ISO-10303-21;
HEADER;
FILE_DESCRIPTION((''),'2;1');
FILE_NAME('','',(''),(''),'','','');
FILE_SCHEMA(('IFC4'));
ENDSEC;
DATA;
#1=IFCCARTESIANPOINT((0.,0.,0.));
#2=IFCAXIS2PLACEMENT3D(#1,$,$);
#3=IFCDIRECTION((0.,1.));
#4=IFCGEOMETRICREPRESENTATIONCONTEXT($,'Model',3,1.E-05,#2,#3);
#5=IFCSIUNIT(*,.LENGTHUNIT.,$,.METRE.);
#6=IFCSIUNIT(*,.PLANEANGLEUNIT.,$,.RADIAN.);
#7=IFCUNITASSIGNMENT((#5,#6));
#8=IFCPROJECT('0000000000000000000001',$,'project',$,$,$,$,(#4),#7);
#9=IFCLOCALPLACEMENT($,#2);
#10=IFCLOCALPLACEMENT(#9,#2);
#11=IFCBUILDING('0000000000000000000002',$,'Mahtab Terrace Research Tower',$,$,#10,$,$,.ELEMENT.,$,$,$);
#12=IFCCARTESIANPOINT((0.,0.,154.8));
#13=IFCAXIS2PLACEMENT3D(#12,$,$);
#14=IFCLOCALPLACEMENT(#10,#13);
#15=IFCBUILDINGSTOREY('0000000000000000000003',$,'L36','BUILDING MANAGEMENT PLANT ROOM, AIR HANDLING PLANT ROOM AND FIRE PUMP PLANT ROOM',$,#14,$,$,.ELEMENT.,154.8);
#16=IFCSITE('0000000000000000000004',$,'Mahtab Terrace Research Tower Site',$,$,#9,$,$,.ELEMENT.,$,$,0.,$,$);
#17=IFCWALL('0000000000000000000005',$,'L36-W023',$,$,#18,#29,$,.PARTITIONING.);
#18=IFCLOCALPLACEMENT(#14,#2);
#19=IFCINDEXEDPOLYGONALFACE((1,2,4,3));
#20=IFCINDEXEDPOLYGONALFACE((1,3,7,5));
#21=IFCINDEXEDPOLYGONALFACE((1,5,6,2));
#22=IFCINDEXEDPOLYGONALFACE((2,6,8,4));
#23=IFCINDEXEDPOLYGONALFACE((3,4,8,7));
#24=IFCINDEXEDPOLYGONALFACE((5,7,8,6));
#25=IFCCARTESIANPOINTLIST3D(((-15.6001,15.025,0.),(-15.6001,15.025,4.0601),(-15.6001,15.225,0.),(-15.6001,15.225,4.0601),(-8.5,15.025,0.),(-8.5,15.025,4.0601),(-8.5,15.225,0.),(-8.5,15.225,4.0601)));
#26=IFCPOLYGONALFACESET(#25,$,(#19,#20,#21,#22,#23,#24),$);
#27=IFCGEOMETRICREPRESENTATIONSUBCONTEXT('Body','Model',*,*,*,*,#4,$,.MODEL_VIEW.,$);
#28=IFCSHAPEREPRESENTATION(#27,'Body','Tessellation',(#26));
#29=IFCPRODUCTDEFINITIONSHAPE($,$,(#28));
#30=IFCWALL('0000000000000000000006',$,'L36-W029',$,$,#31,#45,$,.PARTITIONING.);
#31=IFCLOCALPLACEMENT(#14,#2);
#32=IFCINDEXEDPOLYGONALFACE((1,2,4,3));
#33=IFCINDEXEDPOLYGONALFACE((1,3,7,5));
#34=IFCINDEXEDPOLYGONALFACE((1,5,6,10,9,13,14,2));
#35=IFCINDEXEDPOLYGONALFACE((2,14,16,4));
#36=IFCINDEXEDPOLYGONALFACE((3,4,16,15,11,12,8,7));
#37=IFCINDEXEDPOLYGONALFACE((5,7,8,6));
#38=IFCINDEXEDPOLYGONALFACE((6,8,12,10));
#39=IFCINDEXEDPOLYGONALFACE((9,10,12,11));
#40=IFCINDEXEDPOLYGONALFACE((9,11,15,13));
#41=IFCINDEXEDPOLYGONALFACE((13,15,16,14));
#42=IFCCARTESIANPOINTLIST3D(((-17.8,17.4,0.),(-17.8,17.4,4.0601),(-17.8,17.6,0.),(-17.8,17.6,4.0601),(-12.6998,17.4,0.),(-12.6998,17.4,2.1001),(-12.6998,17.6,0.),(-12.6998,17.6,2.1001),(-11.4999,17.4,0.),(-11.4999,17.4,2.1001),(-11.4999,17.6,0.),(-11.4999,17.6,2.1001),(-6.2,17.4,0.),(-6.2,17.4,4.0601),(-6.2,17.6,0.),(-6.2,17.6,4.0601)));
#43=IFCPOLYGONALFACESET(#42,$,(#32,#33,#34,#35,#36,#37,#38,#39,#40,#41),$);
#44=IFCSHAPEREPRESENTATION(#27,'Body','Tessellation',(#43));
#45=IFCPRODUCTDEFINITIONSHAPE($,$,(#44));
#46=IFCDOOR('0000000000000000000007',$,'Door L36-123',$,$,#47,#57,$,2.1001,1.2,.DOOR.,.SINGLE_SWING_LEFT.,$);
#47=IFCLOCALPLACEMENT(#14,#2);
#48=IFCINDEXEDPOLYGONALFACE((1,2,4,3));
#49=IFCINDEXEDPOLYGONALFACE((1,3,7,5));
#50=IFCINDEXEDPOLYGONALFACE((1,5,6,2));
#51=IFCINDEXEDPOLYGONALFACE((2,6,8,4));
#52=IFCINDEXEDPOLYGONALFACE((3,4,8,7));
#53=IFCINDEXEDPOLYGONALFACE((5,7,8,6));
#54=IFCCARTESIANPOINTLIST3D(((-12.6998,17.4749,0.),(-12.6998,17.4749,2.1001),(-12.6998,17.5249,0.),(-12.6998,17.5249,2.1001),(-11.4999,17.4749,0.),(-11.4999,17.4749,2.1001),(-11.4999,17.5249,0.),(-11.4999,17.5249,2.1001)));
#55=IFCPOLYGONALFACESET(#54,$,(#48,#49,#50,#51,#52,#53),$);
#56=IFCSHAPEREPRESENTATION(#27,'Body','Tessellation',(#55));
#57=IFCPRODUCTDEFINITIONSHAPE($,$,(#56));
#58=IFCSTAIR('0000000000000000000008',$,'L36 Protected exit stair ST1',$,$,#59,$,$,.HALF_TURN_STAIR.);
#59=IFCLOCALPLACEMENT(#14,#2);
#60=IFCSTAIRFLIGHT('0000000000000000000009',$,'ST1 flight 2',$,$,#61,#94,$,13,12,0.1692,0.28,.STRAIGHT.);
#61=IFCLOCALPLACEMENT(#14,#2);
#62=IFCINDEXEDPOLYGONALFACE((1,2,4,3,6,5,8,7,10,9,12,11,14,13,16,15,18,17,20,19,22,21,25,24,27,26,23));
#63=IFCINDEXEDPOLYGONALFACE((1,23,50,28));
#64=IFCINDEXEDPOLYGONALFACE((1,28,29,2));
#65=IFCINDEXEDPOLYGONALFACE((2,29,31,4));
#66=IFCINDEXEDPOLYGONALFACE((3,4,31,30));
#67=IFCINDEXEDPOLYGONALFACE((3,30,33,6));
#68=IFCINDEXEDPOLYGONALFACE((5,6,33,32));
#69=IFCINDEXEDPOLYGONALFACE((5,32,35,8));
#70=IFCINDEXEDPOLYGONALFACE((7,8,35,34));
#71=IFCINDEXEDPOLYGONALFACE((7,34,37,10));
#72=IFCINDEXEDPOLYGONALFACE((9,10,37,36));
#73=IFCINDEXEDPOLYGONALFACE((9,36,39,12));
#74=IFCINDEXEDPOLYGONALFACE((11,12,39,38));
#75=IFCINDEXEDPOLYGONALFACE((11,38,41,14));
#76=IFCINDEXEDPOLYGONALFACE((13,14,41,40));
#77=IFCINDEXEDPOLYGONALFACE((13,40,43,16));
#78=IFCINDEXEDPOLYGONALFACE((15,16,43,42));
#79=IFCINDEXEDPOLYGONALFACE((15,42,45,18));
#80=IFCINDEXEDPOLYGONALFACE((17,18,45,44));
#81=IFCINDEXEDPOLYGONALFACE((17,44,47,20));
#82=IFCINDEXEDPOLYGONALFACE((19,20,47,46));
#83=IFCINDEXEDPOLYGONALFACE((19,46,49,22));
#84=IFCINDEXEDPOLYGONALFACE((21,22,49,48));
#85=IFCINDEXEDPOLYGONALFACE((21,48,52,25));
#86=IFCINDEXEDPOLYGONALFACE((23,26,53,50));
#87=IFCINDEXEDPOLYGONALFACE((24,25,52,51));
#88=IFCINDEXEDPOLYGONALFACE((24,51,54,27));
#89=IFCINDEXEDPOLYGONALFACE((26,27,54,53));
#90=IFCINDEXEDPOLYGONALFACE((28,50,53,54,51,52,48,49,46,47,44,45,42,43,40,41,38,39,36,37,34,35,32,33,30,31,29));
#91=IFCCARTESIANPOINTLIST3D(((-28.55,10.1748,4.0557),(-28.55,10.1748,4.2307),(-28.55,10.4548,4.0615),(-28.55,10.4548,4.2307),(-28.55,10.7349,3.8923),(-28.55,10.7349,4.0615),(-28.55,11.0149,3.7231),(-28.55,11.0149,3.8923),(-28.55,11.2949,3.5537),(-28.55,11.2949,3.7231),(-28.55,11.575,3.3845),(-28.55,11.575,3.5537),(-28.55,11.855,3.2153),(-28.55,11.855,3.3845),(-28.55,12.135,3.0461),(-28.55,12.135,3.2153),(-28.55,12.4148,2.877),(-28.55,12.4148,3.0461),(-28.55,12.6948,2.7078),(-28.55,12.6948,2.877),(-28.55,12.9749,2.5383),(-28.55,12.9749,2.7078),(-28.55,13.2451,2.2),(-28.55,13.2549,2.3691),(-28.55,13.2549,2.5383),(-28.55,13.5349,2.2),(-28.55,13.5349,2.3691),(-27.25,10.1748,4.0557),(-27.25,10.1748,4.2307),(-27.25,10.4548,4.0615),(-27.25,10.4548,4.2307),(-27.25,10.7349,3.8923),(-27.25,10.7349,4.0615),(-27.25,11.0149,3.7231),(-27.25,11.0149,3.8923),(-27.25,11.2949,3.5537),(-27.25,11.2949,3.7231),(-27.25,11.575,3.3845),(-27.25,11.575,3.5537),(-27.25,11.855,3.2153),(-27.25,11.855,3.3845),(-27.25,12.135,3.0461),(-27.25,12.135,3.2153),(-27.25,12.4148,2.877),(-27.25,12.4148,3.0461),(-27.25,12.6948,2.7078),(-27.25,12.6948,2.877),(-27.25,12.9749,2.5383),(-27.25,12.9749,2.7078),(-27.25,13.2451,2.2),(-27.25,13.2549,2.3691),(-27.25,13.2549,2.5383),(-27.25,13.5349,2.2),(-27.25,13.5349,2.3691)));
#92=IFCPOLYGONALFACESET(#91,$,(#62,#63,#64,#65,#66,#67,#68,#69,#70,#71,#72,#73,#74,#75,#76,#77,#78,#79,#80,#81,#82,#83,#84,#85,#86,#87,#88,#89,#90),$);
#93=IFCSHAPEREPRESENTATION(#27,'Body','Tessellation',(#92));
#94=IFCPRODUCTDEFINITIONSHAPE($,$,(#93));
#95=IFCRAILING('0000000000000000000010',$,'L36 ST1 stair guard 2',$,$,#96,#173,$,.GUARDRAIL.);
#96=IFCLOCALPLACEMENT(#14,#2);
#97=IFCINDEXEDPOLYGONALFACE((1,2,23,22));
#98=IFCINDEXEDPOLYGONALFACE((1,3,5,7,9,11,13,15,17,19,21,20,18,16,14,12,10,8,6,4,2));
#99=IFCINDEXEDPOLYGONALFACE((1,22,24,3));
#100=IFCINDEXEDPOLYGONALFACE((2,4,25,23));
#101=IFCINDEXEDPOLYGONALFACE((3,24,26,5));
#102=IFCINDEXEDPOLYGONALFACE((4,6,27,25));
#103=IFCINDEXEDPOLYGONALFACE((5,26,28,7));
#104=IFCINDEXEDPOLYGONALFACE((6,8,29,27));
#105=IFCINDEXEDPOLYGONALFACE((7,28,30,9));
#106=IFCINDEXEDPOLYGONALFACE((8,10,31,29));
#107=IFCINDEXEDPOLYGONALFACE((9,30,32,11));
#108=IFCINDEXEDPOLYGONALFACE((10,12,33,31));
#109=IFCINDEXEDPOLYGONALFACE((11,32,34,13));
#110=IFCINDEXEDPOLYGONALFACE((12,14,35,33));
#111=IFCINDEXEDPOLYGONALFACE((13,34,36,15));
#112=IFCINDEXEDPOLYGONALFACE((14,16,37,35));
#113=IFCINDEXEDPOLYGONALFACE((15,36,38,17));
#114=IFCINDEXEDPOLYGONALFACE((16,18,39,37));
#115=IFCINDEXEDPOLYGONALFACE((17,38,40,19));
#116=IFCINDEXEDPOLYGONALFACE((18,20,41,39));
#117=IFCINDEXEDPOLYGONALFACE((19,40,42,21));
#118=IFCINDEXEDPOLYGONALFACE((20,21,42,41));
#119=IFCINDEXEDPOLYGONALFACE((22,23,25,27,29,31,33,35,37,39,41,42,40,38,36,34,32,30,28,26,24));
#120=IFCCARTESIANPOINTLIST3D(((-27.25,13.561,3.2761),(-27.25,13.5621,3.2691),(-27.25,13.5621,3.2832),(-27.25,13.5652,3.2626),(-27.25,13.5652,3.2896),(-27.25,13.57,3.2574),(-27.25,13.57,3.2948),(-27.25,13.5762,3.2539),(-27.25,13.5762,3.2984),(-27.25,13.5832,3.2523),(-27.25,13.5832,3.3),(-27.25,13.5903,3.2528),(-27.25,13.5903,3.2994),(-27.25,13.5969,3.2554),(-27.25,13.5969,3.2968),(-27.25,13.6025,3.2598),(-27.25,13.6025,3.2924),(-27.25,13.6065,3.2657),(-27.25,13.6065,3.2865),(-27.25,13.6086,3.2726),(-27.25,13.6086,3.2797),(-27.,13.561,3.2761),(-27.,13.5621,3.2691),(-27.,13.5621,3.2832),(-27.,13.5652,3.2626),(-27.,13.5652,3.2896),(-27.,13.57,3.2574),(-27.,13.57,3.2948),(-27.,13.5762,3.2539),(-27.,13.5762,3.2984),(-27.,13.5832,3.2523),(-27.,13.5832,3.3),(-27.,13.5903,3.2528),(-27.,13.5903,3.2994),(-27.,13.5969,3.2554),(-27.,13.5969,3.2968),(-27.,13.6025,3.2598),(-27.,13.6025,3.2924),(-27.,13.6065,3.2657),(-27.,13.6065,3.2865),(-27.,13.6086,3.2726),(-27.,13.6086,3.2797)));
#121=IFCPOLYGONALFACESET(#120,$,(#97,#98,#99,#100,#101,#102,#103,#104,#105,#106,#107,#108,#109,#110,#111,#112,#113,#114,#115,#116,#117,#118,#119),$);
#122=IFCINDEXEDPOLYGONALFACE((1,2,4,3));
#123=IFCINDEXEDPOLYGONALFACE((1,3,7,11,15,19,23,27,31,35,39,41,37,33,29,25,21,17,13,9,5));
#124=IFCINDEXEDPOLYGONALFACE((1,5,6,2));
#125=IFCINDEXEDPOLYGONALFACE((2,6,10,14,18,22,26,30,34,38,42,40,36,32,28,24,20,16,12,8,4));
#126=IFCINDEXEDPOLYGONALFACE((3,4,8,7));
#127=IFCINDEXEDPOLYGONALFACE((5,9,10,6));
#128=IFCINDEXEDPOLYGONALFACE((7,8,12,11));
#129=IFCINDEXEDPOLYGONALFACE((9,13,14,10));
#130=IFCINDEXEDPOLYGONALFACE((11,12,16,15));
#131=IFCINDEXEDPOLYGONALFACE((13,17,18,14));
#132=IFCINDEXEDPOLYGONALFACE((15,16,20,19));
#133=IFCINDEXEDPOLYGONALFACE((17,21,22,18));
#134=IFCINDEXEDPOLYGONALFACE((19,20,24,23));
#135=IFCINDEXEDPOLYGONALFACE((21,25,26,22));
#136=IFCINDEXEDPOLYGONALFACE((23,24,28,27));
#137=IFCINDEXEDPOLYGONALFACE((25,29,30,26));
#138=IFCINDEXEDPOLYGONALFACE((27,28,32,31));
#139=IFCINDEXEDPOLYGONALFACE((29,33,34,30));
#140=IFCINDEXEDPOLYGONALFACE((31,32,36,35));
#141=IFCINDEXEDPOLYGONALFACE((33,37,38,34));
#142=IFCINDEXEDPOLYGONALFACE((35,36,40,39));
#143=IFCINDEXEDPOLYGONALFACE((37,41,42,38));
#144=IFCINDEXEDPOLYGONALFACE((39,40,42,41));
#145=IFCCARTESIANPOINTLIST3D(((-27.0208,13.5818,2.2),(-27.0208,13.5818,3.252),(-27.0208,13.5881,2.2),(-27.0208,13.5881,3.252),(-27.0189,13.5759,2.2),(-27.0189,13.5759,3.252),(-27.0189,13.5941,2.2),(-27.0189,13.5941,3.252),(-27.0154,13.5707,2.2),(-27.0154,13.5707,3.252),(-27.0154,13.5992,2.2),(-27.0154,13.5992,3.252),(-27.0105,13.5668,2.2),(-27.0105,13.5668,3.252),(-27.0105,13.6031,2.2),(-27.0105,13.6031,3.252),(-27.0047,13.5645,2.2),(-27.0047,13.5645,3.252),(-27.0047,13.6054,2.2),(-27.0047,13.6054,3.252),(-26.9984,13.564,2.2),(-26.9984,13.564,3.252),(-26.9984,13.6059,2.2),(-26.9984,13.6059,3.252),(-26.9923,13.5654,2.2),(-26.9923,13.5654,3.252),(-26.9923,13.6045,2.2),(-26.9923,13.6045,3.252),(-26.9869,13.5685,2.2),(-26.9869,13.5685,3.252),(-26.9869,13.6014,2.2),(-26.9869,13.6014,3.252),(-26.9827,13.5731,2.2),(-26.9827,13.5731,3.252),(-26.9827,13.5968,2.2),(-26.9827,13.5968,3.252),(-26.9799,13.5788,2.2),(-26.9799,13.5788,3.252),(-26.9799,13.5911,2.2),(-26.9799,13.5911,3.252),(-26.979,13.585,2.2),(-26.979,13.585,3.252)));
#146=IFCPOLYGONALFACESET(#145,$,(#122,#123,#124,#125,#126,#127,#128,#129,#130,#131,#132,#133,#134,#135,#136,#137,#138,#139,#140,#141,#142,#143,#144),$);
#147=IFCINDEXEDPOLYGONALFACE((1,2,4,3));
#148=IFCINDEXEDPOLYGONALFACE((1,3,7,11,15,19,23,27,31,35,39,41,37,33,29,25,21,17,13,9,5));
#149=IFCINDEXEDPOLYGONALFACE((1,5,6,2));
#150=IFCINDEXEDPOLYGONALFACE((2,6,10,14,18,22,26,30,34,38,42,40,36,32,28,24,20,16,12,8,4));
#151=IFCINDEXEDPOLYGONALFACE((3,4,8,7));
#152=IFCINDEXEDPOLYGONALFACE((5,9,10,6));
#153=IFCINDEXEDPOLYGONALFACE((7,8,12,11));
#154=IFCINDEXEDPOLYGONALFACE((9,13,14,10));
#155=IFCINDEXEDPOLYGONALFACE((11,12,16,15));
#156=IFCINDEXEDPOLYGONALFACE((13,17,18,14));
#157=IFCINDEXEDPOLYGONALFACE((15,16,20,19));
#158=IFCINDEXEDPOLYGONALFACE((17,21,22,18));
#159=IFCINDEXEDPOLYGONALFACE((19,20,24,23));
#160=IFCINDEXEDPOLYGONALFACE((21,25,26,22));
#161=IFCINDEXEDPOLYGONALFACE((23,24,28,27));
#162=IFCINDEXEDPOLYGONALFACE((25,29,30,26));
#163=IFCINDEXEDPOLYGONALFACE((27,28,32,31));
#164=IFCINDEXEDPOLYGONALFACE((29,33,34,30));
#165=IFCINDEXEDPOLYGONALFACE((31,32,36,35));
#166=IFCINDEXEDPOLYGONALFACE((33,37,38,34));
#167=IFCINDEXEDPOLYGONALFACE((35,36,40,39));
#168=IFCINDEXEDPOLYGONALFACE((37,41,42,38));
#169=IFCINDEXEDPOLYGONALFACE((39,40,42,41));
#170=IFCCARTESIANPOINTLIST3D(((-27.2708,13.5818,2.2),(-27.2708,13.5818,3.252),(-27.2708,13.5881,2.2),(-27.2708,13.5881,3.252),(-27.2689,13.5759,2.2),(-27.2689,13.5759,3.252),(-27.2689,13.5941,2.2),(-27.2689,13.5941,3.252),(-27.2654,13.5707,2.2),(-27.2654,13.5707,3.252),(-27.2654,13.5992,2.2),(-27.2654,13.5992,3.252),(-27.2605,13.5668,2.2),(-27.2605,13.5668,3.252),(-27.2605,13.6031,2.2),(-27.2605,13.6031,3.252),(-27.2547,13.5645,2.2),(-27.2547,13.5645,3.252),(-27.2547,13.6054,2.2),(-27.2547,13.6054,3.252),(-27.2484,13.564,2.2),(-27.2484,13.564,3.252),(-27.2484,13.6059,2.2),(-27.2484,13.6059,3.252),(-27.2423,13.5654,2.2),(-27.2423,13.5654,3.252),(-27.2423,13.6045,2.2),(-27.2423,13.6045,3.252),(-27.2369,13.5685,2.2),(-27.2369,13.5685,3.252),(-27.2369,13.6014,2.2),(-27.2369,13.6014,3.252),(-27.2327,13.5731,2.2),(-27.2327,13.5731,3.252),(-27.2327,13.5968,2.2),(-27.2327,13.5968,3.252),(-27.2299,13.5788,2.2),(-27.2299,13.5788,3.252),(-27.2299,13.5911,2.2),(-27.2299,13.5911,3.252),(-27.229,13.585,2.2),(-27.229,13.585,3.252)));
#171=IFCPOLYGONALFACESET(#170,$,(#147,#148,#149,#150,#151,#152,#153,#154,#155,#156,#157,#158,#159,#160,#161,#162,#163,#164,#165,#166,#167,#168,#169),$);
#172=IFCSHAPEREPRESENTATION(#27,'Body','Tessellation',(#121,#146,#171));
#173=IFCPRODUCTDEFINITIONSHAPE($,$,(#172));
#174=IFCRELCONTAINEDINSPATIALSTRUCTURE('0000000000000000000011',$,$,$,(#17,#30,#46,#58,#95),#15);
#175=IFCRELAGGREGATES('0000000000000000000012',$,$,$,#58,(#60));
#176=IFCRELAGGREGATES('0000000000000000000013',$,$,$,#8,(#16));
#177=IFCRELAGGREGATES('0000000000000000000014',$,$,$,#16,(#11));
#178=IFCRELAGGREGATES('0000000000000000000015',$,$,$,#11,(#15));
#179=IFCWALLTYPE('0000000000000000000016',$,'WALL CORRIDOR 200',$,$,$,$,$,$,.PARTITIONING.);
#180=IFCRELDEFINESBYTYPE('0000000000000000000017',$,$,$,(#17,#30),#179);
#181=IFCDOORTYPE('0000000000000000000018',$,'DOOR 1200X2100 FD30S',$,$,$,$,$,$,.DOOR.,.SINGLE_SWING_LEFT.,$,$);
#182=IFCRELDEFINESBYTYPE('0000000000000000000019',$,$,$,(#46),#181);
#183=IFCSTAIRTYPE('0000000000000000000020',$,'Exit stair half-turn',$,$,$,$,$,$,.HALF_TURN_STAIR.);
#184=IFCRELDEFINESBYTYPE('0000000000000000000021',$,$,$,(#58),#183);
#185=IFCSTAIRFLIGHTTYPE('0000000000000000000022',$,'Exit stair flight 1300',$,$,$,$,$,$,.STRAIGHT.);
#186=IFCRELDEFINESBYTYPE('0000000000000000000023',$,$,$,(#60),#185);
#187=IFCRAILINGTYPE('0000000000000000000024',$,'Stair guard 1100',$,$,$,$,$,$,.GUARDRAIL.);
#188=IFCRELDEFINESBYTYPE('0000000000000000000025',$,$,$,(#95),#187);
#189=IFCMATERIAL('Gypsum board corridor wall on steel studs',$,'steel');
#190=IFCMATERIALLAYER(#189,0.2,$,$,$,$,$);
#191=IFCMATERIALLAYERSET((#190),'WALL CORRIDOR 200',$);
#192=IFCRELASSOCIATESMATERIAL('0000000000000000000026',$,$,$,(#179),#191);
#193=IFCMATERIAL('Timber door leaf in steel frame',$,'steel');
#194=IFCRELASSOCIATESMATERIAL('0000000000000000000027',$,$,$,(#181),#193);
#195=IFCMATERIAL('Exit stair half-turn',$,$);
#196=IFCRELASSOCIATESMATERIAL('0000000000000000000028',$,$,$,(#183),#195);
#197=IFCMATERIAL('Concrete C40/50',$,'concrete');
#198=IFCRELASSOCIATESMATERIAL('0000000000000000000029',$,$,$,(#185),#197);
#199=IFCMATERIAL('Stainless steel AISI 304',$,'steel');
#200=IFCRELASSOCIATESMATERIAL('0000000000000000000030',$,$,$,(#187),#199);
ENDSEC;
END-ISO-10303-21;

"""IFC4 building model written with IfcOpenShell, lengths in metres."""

from ifc_helpers import new_model, si_unit, direction, frame, frame_2d, origin, origin_2d, place, context, subcontext, project, spatial, polyline, rectangle, circle, outline, extrude, material, layer, layer_set, type_object, element, fill, aggregate, save


model = new_model("IFC4")

# Units and contexts
model_context = context("Model", 3, precision=1e-05, world=origin(), true_north=direction((0.0, 1.0)))
body_context = subcontext(model_context, "Body", "Model", "MODEL_VIEW")
ifc_project = project(units=[si_unit("LENGTHUNIT", "METRE"), si_unit("PLANEANGLEUNIT", "RADIAN")], contexts=[model_context])

# Site, building, storey
site_placement = place(None, origin())
site = spatial("IfcSite", under=ifc_project, at=site_placement, Name="Mahtab Terrace Research Tower Site", CompositionType="ELEMENT", RefElevation=0.0)
building_placement = place(site_placement, origin())
building = spatial("IfcBuilding", under=site, at=building_placement, Name="Mahtab Terrace Research Tower", CompositionType="ELEMENT")
storey_placement = place(building_placement, frame((0.0, 0.0, 154.8)))
storey = spatial("IfcBuildingStorey", under=building, at=storey_placement, Name="L36", Description="BUILDING MANAGEMENT PLANT ROOM, AIR HANDLING PLANT ROOM AND FIRE PUMP PLANT ROOM", CompositionType="ELEMENT", Elevation=154.8)

# Shared definitions
ifc_material_1 = material(Name="Stainless steel AISI 304", Category="steel")

# Wall
ifc_material_2 = material(Name="Gypsum board corridor wall on steel studs", Category="steel")
ifc_layer_1 = layer(ifc_material_2, 0.2)
ifc_layer_set_1 = layer_set([ifc_layer_1], Name="WALL CORRIDOR 200")
wall_type_1 = type_object("IfcWallType", Name="WALL CORRIDOR 200", PredefinedType="PARTITIONING", material=ifc_layer_set_1)
wall_1_placement = place(storey_placement, frame((-15.6001, 15.125, 0.0), z_axis=(0.0, 0.0, 1.0), x_axis=(1.0, 0.0, 0.0)))
element("IfcWall", 1, at=wall_1_placement, inside=storey, type_object=wall_type_1, Name="L36-W023", PredefinedType="PARTITIONING", context=body_context, shape_type="SweptSolid", body=[
    extrude(rectangle(XDim=7.1001, YDim=0.2, at=frame_2d((3.55, 0.0))), origin(), (0.0, 0.0, 1.0), 4.0601),
])

# Wall, opening, door
wall_2_placement = place(storey_placement, frame((-17.8, 17.5, 0.0), z_axis=(0.0, 0.0, 1.0), x_axis=(1.0, 0.0, 0.0)))
wall_2 = element("IfcWall", 2, at=wall_2_placement, inside=storey, type_object=wall_type_1, Name="L36-W029", PredefinedType="PARTITIONING", context=body_context, shape_type="SweptSolid", body=[
    extrude(rectangle(XDim=11.6001, YDim=0.2, at=frame_2d((5.8, 0.0))), origin(), (0.0, 0.0, 1.0), 4.0601),
])
opening_1_placement = place(wall_2_placement, frame((5.1001, 0.0, 0.0)))
opening_1 = element("IfcOpeningElement", 3, at=opening_1_placement, cuts=wall_2, PredefinedType="OPENING", context=body_context, shape_type="SweptSolid", body=[
    extrude(rectangle(XDim=1.2, YDim=2.1001, at=frame_2d((0.6001, 1.05))), frame((0.0, 0.1099, 0.0), z_axis=(0.0, -1.0, 0.0), x_axis=(1.0, 0.0, 0.0)), (0.0, 0.0, 1.0), 0.22),
])
ifc_material_3 = material(Name="Timber door leaf in steel frame", Category="steel")
door_type_1 = type_object("IfcDoorType", Name="DOOR 1200X2100 FD30S", OperationType="SINGLE_SWING_LEFT", PredefinedType="DOOR", material=ifc_material_3)
door_1_placement = place(opening_1_placement, origin())
door_1 = element("IfcDoor", 4, at=door_1_placement, inside=storey, type_object=door_type_1, Name="Door L36-123", OperationType="SINGLE_SWING_LEFT", OverallHeight=2.1001, OverallWidth=1.2, PredefinedType="DOOR", context=body_context, shape_type="SweptSolid", body=[
    extrude(rectangle(XDim=1.2, YDim=2.1001, at=frame_2d((0.6001, 1.05))), frame((0.0, 0.0249, 0.0), z_axis=(0.0, -1.0, 0.0), x_axis=(1.0, 0.0, 0.0)), (0.0, 0.0, 1.0), 0.05),
])
fill(opening_1, door_1)

# Stair, stair flight
ifc_material_4 = material(Name="Exit stair half-turn")
stair_type = type_object("IfcStairType", Name="Exit stair half-turn", PredefinedType="HALF_TURN_STAIR", material=ifc_material_4)
stair_placement = place(storey_placement, origin())
stair = element("IfcStair", 5, at=stair_placement, inside=storey, type_object=stair_type, Name="L36 Protected exit stair ST1", PredefinedType="HALF_TURN_STAIR")
ifc_material_5 = material(Name="Concrete C40/50", Category="concrete")
stair_flight_type = type_object("IfcStairFlightType", Name="Exit stair flight 1300", PredefinedType="STRAIGHT", material=ifc_material_5)
stair_flight_placement = place(storey_placement, frame((-27.8999, 13.5349, 2.2), z_axis=(0.0, 0.0, 1.0), x_axis=(0.0, -1.0, 0.0)))
stair_flight = element("IfcStairFlight", 6, at=stair_flight_placement, type_object=stair_flight_type, Name="ST1 flight 2", NumberOfRisers=13, NumberOfTreads=12, PredefinedType="STRAIGHT", RiserHeight=0.1692, TreadLength=0.28, context=body_context, shape_type="SweptSolid", body=[
    extrude(outline(polyline([(0.0, 0.0), (0.0, 0.1692), (0.28, 0.1692), (0.28, 0.3384), (0.5601, 0.3384), (0.5601, 0.5078), (0.8401, 0.5078), (0.8401, 0.677), (1.1201, 0.677), (1.1201, 0.8462), (1.3999, 0.8462), (1.3999, 1.0154), (1.6799, 1.0154), (1.6799, 1.1846), (1.96, 1.1846), (1.96, 1.3538), (2.24, 1.3538), (2.24, 1.5232), (2.52, 1.5232), (2.52, 1.6924), (2.8, 1.6924), (2.8, 1.8616), (3.0801, 1.8616), (3.0801, 2.0308), (3.3601, 2.0308), (3.3601, 2.2), (3.3601, 1.8557), (0.2898, 0.0), (0.0, 0.0)])), frame((0.0, 0.6499, 0.0), z_axis=(0.0, -1.0, 0.0), x_axis=(1.0, 0.0, 0.0)), (0.0, 0.0, 1.0), 1.3),
])
aggregate(stair, [stair_flight])

# Railing
railing_type = type_object("IfcRailingType", Name="Stair guard 1100", PredefinedType="GUARDRAIL", material=ifc_material_1)
railing_1_placement = place(storey_placement, frame((-27.0, 13.585, 2.2)))
element("IfcRailing", 7, at=railing_1_placement, inside=storey, type_object=railing_type, Name="L36 ST1 stair guard 2", PredefinedType="GUARDRAIL", context=body_context, shape_type="SweptSolid", body=[
    extrude(circle(Radius=0.0239, at=origin_2d()), frame((0.0, 0.0, 1.0762), z_axis=(-1.0, 0.0, 0.0), x_axis=(0.0, -1.0, 0.0)), (0.0, 0.0, 1.0), 0.25),
    extrude(circle(Radius=0.021, at=origin_2d()), origin(), (0.0, 0.0, 1.0), 1.052),
    extrude(circle(Radius=0.021, at=origin_2d()), frame((-0.25, 0.0, 0.0)), (0.0, 0.0, 1.0), 1.052),
])

save(model, "model.ifc")
